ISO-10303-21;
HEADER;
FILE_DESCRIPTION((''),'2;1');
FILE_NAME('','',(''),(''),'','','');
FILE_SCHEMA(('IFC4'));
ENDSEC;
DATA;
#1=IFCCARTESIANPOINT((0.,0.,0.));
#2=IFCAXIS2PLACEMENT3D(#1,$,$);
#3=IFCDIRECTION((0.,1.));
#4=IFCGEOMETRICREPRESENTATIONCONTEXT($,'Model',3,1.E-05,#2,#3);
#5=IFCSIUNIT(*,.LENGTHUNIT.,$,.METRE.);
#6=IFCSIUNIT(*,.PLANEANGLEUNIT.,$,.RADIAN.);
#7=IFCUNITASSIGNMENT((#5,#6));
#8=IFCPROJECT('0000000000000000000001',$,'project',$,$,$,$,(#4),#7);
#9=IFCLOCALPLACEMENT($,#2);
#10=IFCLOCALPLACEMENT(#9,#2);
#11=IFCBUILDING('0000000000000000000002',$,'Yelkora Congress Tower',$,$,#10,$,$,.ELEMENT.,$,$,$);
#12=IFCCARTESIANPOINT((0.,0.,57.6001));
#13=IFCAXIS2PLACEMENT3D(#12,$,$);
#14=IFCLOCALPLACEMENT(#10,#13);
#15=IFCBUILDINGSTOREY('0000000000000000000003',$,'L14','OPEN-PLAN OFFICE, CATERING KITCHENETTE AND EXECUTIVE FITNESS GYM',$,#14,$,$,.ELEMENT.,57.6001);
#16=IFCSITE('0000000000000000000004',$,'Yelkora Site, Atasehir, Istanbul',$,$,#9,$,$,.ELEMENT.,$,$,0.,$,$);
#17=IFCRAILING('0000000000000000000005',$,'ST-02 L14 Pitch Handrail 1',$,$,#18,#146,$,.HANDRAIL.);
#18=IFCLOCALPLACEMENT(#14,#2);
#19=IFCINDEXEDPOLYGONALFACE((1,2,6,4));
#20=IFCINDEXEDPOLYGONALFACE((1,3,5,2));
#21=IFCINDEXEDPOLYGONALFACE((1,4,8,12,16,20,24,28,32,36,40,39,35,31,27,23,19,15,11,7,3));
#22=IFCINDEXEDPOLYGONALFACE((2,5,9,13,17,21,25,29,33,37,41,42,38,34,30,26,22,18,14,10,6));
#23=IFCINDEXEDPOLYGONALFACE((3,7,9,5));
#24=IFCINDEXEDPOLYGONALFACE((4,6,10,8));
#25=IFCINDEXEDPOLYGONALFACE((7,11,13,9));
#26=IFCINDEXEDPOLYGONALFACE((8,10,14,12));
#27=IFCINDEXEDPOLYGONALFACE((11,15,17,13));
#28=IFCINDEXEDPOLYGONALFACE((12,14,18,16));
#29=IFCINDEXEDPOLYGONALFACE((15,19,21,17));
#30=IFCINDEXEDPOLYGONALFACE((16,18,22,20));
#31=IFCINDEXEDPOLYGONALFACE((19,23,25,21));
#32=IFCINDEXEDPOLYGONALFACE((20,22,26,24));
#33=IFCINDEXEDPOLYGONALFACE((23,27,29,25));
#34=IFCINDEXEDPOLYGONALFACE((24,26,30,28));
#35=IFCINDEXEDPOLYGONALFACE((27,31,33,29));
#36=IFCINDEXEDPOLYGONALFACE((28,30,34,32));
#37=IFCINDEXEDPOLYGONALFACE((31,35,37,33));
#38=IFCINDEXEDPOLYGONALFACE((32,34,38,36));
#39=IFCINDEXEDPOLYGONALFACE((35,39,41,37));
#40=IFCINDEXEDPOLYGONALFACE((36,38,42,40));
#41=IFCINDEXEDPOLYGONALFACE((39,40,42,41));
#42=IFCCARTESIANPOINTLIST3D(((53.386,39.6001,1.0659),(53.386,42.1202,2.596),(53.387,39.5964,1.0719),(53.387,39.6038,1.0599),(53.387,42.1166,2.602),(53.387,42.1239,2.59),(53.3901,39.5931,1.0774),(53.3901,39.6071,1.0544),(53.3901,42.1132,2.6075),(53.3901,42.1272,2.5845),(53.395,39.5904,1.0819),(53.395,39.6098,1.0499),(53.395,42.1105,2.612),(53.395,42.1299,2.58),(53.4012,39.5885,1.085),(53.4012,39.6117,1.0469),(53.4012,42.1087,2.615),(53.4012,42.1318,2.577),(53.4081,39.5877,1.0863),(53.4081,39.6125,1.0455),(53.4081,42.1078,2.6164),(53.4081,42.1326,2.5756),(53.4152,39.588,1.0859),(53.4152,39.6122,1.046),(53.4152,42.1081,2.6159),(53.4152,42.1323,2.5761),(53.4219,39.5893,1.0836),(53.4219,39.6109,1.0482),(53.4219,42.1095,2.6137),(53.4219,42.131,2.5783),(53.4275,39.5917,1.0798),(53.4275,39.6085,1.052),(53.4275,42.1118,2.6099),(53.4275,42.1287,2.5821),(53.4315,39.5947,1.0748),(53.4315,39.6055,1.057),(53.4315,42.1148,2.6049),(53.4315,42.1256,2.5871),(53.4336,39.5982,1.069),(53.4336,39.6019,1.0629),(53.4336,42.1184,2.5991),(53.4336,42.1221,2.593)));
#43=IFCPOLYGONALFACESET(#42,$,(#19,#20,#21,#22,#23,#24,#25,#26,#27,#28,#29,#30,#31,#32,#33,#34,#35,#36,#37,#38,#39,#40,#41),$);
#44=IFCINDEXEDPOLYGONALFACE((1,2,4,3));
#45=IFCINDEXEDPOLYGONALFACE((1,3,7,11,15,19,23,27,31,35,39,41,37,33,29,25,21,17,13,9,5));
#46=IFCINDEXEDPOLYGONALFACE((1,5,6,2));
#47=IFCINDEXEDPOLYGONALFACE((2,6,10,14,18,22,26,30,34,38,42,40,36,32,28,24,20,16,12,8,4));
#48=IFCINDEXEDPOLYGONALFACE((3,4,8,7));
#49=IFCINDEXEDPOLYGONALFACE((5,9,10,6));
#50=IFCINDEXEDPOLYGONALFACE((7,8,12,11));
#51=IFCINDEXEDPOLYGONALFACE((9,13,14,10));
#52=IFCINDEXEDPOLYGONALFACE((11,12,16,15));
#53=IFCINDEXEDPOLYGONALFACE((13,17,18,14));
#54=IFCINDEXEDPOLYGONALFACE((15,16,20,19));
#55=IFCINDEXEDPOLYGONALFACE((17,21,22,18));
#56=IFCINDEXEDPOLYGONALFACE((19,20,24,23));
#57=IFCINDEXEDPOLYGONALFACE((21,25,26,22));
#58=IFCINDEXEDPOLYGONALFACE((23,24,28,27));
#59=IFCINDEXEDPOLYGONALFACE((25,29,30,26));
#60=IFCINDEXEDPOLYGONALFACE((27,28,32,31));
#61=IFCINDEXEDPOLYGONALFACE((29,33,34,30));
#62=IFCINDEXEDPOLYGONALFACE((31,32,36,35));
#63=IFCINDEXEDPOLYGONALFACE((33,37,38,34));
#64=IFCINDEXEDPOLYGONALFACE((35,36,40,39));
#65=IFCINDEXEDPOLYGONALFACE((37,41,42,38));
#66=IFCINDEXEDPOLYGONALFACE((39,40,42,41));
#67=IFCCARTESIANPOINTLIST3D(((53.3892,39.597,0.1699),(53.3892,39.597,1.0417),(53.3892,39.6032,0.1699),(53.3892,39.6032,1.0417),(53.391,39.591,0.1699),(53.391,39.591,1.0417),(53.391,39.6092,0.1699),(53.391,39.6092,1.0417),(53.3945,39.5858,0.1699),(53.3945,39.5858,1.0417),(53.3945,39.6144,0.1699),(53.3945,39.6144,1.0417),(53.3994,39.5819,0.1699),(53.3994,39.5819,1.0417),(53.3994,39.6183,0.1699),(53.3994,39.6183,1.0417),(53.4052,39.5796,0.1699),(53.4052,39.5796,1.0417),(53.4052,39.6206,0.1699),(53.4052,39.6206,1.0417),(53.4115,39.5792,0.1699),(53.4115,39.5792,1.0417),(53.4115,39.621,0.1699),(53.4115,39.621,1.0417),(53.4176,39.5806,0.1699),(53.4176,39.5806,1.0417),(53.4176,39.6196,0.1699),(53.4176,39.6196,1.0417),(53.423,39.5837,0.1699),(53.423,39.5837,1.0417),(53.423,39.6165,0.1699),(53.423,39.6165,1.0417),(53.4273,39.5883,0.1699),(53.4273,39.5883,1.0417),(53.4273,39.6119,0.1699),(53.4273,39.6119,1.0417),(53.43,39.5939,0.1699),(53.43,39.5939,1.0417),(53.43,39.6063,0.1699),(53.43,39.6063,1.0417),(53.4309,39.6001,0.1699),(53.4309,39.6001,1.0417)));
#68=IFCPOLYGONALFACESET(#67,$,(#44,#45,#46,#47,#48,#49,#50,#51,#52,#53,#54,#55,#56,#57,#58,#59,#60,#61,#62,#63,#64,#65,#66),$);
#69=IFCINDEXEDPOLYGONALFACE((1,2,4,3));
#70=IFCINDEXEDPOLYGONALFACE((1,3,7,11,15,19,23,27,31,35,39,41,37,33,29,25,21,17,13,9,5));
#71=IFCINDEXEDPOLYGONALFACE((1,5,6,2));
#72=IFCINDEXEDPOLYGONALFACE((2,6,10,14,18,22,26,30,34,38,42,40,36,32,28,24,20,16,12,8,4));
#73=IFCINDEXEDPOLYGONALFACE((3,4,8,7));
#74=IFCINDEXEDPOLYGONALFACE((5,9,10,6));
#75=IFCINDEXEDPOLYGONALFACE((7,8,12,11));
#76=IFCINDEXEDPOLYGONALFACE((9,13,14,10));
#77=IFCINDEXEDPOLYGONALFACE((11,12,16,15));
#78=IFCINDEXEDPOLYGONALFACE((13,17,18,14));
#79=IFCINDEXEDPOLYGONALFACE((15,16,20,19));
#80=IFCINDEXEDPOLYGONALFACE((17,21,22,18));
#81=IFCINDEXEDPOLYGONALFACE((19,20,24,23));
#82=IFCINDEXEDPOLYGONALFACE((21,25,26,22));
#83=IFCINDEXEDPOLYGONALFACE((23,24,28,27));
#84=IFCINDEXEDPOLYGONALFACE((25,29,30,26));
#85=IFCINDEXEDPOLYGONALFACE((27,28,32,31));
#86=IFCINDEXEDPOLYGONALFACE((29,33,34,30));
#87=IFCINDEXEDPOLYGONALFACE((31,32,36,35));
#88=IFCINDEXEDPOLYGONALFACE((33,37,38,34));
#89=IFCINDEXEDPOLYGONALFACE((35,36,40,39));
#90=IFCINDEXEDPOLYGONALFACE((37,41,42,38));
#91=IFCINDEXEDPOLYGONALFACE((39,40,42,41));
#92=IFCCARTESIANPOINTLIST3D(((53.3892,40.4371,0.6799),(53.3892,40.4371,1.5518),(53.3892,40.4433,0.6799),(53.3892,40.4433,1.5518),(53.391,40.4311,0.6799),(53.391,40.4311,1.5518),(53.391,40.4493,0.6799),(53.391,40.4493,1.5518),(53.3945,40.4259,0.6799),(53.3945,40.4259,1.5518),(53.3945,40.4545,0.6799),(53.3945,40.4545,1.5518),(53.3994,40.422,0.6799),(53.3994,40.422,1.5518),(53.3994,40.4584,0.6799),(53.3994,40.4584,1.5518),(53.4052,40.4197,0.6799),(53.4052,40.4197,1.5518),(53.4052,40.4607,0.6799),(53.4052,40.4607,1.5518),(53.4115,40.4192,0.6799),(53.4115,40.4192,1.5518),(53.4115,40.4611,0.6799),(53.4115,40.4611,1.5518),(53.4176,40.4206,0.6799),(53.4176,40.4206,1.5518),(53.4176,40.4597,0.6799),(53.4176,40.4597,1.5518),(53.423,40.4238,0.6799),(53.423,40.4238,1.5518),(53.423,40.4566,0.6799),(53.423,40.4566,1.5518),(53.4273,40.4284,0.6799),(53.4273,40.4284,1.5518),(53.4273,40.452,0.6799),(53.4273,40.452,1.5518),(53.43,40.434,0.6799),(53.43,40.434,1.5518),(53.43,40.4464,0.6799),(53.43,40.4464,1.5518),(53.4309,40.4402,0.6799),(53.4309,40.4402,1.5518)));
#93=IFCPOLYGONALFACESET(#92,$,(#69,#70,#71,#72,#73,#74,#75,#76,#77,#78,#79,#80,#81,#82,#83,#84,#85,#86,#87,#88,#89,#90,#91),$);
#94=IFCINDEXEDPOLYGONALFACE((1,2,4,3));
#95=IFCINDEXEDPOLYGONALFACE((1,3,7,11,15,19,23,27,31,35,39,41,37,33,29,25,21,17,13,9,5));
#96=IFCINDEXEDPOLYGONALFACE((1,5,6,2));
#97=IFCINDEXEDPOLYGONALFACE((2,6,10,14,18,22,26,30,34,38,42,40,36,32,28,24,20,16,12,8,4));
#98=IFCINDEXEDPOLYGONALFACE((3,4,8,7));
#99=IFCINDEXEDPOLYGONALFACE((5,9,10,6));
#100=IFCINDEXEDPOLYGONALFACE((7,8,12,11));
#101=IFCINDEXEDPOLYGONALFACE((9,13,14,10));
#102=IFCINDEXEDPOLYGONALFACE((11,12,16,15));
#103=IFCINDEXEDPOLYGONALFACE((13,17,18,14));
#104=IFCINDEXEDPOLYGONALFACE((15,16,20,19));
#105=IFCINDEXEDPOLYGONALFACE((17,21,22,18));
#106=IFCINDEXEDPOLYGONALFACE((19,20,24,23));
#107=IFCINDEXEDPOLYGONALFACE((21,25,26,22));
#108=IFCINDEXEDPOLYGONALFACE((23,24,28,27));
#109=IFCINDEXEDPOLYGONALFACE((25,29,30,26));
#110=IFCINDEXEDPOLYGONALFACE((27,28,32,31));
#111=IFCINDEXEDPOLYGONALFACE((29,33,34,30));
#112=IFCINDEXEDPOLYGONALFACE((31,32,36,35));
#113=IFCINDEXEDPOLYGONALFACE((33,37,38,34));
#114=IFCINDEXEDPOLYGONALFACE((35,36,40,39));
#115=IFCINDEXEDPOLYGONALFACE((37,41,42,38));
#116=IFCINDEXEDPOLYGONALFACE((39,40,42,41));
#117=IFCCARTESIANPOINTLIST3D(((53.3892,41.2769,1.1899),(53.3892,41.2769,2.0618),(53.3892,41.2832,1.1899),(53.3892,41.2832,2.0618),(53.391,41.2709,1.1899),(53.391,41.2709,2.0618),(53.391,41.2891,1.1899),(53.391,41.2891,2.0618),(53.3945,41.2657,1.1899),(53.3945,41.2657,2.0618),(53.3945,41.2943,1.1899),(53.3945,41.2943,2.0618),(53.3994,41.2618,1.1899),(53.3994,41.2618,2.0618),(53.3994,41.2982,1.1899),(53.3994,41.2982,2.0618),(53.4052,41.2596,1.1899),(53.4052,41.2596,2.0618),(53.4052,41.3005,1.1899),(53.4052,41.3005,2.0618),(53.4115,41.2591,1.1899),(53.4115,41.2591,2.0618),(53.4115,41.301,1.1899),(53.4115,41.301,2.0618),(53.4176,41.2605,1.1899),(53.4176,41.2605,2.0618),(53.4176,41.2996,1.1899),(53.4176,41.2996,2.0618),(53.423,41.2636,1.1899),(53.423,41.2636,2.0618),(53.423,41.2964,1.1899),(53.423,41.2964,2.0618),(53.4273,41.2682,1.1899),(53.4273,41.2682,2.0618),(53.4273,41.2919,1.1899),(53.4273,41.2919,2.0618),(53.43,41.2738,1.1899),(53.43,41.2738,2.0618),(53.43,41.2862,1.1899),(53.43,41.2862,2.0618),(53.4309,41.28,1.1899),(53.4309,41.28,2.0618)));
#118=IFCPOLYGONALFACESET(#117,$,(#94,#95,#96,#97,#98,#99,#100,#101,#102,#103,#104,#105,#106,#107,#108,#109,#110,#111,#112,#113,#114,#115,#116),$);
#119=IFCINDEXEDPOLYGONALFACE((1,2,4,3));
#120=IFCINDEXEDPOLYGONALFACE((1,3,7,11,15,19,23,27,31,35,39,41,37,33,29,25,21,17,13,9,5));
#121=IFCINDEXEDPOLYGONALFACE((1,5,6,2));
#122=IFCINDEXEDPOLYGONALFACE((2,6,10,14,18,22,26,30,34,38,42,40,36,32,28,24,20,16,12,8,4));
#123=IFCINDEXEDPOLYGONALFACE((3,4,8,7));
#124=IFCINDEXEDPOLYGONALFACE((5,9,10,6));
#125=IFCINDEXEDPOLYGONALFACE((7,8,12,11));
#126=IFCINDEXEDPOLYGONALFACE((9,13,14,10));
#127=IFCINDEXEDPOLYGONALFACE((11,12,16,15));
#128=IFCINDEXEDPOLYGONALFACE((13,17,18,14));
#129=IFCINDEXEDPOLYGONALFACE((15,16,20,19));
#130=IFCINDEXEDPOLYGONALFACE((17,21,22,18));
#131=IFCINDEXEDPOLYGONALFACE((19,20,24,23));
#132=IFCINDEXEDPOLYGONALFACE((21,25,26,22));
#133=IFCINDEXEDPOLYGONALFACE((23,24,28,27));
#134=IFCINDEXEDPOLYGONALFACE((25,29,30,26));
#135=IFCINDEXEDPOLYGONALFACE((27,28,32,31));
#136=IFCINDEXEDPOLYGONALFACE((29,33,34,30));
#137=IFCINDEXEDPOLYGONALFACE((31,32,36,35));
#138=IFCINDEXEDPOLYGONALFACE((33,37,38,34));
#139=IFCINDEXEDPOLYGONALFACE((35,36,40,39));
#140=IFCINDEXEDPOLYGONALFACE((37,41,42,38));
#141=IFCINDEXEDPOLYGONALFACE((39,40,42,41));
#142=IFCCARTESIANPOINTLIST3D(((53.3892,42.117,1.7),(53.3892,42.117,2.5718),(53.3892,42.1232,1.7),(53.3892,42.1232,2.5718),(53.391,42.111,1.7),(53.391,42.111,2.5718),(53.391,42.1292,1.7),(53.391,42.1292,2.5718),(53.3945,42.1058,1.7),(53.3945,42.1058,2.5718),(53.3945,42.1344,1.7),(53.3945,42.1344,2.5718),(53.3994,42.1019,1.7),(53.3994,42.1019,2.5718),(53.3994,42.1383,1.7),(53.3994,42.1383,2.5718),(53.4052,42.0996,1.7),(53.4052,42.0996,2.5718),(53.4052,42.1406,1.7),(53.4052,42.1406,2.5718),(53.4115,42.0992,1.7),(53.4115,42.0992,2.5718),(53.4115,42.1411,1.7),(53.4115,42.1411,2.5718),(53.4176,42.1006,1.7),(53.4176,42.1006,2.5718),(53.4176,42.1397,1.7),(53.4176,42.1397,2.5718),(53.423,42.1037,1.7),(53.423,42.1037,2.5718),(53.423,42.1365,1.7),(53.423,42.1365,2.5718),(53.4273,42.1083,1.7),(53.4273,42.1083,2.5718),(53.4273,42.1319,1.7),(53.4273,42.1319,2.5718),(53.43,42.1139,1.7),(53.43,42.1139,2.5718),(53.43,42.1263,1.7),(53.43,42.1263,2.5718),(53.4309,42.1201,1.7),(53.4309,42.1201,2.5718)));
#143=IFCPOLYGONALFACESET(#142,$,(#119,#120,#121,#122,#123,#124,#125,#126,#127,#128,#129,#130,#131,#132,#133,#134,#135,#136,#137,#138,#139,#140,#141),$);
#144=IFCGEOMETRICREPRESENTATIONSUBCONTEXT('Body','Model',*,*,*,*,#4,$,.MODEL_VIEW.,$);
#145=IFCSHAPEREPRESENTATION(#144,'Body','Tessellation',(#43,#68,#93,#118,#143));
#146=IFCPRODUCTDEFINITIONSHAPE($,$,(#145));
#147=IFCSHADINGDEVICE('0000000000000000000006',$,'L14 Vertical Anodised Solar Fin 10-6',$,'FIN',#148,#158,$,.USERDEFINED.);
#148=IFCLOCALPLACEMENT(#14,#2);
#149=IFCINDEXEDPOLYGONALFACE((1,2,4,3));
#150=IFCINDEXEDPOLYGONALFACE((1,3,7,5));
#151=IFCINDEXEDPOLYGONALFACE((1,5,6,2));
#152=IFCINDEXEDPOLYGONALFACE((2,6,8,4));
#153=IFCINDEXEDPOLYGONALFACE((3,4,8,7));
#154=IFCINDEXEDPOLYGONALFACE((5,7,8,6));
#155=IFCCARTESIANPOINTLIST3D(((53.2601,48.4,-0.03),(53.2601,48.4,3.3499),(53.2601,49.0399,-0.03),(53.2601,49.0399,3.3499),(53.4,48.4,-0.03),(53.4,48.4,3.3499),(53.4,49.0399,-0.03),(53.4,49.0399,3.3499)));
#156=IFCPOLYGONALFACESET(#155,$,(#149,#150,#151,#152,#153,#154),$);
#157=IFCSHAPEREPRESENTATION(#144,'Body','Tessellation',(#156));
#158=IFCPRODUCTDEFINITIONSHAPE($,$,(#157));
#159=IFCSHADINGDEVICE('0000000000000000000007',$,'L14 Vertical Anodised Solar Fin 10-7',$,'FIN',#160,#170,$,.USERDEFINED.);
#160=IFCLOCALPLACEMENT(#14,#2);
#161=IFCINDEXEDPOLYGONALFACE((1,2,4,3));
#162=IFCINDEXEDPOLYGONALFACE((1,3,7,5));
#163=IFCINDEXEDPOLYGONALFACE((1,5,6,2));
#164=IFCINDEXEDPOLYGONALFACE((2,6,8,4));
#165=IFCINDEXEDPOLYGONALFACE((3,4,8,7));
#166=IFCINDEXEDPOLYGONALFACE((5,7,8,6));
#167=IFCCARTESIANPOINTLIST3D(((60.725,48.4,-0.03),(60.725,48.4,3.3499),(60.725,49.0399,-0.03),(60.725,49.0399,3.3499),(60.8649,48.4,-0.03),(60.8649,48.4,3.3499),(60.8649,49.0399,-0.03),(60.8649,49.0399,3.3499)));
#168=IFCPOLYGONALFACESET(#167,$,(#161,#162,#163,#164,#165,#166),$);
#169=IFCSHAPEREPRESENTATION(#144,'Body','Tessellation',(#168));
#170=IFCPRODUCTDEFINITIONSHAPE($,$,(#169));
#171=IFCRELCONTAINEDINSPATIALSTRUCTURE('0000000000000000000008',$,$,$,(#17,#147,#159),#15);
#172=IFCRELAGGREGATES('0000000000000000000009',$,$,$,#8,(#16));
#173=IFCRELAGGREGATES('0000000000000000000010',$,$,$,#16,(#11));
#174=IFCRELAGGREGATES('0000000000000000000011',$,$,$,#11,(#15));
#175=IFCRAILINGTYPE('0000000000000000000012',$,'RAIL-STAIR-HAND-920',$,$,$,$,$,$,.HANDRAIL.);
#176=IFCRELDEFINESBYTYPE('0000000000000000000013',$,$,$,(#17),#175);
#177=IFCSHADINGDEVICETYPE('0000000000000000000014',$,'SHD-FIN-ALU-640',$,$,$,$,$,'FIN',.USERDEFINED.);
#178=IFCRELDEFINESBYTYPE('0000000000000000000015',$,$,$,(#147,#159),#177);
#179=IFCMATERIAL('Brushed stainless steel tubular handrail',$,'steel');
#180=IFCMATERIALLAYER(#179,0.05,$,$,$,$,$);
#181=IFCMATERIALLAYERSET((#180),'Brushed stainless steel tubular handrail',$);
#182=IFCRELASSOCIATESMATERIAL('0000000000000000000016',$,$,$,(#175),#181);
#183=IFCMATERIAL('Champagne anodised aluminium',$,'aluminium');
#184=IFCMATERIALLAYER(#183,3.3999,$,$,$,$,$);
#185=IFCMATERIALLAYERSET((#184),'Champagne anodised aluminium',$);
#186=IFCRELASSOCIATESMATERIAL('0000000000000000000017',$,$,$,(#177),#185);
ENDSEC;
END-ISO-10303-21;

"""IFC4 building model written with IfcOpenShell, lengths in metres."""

from ifc_helpers import new_model, si_unit, direction, frame, origin, origin_2d, place, context, subcontext, project, spatial, rectangle, circle, extrude, material, layer, layer_set, type_object, element, save


model = new_model("IFC4")

# Units and contexts
model_context = context("Model", 3, precision=1e-05, world=origin(), true_north=direction((0.0, 1.0)))
body_context = subcontext(model_context, "Body", "Model", "MODEL_VIEW")
ifc_project = project(units=[si_unit("LENGTHUNIT", "METRE"), si_unit("PLANEANGLEUNIT", "RADIAN")], contexts=[model_context])

# Site, building, storey
site_placement = place(None, origin())
site = spatial("IfcSite", under=ifc_project, at=site_placement, Name="Yelkora Site, Atasehir, Istanbul", CompositionType="ELEMENT", RefElevation=0.0)
building_placement = place(site_placement, origin())
building = spatial("IfcBuilding", under=site, at=building_placement, Name="Yelkora Congress Tower", CompositionType="ELEMENT")
storey_placement = place(building_placement, frame((0.0, 0.0, 57.6001)))
storey = spatial("IfcBuildingStorey", under=building, at=storey_placement, Name="L14", Description="OPEN-PLAN OFFICE, CATERING KITCHENETTE AND EXECUTIVE FITNESS GYM", CompositionType="ELEMENT", Elevation=57.6001)

# Railing
ifc_material_1 = material(Name="Brushed stainless steel tubular handrail", Category="steel")
ifc_layer_1 = layer(ifc_material_1, 0.05)
ifc_layer_set_1 = layer_set([ifc_layer_1], Name="Brushed stainless steel tubular handrail")
railing_type_1 = type_object("IfcRailingType", Name="RAIL-STAIR-HAND-920", PredefinedType="HANDRAIL", material=ifc_layer_set_1)
railing_1_placement = place(storey_placement, frame((53.4099, 39.6001, 0.1699)))
element("IfcRailing", 1, at=railing_1_placement, inside=storey, type_object=railing_type_1, Name="ST-02 L14 Pitch Handrail 1", PredefinedType="HANDRAIL", context=body_context, shape_type="SweptSolid", body=[
    extrude(circle(Radius=0.0239, at=origin_2d()), frame((0.0, 0.0, 0.896), z_axis=(0.0, 0.854785, 0.518982), x_axis=(-1.0, 0.0, 0.0)), (0.0, 0.0, 1.0), 2.9482),
    extrude(circle(Radius=0.021, at=origin_2d()), origin(), (0.0, 0.0, 1.0), 0.8718),
    extrude(circle(Radius=0.021, at=origin_2d()), frame((0.0, 0.8401, 0.51)), (0.0, 0.0, 1.0), 0.8718),
    extrude(circle(Radius=0.021, at=origin_2d()), frame((0.0, 1.6799, 1.02)), (0.0, 0.0, 1.0), 0.8718),
    extrude(circle(Radius=0.021, at=origin_2d()), frame((0.0, 2.52, 1.53)), (0.0, 0.0, 1.0), 0.8718),
])

# Shading devices
ifc_material_2 = material(Name="Champagne anodised aluminium", Category="aluminium")
ifc_layer_2 = layer(ifc_material_2, 3.3999)
ifc_layer_set_2 = layer_set([ifc_layer_2], Name="Champagne anodised aluminium")
shading_device_type = type_object("IfcShadingDeviceType", Name="SHD-FIN-ALU-640", ElementType="FIN", PredefinedType="USERDEFINED", material=ifc_layer_set_2)
for number, where, z_axis, x_axis, name in (
    (2, (53.3301, 48.72, -0.03), (0.0, 0.0, 1.0), (1.0, 0.0, 0.0), "L14 Vertical Anodised Solar Fin 10-6"),
    (3, (60.7949, 48.72, -0.03), (0.0, 0.0, 1.0), (1.0, 0.0, 0.0), "L14 Vertical Anodised Solar Fin 10-7"),
):
    element("IfcShadingDevice", number, at=place(storey_placement, frame(where, z_axis=z_axis, x_axis=x_axis)), inside=storey, type_object=shading_device_type, Name=name, ObjectType="FIN", PredefinedType="USERDEFINED", context=body_context, shape_type="SweptSolid", body=[
        extrude(rectangle(XDim=0.1399, YDim=0.6399, at=origin_2d()), origin(), (0.0, 0.0, 1.0), 3.3799),
    ])

save(model, "model.ifc")
